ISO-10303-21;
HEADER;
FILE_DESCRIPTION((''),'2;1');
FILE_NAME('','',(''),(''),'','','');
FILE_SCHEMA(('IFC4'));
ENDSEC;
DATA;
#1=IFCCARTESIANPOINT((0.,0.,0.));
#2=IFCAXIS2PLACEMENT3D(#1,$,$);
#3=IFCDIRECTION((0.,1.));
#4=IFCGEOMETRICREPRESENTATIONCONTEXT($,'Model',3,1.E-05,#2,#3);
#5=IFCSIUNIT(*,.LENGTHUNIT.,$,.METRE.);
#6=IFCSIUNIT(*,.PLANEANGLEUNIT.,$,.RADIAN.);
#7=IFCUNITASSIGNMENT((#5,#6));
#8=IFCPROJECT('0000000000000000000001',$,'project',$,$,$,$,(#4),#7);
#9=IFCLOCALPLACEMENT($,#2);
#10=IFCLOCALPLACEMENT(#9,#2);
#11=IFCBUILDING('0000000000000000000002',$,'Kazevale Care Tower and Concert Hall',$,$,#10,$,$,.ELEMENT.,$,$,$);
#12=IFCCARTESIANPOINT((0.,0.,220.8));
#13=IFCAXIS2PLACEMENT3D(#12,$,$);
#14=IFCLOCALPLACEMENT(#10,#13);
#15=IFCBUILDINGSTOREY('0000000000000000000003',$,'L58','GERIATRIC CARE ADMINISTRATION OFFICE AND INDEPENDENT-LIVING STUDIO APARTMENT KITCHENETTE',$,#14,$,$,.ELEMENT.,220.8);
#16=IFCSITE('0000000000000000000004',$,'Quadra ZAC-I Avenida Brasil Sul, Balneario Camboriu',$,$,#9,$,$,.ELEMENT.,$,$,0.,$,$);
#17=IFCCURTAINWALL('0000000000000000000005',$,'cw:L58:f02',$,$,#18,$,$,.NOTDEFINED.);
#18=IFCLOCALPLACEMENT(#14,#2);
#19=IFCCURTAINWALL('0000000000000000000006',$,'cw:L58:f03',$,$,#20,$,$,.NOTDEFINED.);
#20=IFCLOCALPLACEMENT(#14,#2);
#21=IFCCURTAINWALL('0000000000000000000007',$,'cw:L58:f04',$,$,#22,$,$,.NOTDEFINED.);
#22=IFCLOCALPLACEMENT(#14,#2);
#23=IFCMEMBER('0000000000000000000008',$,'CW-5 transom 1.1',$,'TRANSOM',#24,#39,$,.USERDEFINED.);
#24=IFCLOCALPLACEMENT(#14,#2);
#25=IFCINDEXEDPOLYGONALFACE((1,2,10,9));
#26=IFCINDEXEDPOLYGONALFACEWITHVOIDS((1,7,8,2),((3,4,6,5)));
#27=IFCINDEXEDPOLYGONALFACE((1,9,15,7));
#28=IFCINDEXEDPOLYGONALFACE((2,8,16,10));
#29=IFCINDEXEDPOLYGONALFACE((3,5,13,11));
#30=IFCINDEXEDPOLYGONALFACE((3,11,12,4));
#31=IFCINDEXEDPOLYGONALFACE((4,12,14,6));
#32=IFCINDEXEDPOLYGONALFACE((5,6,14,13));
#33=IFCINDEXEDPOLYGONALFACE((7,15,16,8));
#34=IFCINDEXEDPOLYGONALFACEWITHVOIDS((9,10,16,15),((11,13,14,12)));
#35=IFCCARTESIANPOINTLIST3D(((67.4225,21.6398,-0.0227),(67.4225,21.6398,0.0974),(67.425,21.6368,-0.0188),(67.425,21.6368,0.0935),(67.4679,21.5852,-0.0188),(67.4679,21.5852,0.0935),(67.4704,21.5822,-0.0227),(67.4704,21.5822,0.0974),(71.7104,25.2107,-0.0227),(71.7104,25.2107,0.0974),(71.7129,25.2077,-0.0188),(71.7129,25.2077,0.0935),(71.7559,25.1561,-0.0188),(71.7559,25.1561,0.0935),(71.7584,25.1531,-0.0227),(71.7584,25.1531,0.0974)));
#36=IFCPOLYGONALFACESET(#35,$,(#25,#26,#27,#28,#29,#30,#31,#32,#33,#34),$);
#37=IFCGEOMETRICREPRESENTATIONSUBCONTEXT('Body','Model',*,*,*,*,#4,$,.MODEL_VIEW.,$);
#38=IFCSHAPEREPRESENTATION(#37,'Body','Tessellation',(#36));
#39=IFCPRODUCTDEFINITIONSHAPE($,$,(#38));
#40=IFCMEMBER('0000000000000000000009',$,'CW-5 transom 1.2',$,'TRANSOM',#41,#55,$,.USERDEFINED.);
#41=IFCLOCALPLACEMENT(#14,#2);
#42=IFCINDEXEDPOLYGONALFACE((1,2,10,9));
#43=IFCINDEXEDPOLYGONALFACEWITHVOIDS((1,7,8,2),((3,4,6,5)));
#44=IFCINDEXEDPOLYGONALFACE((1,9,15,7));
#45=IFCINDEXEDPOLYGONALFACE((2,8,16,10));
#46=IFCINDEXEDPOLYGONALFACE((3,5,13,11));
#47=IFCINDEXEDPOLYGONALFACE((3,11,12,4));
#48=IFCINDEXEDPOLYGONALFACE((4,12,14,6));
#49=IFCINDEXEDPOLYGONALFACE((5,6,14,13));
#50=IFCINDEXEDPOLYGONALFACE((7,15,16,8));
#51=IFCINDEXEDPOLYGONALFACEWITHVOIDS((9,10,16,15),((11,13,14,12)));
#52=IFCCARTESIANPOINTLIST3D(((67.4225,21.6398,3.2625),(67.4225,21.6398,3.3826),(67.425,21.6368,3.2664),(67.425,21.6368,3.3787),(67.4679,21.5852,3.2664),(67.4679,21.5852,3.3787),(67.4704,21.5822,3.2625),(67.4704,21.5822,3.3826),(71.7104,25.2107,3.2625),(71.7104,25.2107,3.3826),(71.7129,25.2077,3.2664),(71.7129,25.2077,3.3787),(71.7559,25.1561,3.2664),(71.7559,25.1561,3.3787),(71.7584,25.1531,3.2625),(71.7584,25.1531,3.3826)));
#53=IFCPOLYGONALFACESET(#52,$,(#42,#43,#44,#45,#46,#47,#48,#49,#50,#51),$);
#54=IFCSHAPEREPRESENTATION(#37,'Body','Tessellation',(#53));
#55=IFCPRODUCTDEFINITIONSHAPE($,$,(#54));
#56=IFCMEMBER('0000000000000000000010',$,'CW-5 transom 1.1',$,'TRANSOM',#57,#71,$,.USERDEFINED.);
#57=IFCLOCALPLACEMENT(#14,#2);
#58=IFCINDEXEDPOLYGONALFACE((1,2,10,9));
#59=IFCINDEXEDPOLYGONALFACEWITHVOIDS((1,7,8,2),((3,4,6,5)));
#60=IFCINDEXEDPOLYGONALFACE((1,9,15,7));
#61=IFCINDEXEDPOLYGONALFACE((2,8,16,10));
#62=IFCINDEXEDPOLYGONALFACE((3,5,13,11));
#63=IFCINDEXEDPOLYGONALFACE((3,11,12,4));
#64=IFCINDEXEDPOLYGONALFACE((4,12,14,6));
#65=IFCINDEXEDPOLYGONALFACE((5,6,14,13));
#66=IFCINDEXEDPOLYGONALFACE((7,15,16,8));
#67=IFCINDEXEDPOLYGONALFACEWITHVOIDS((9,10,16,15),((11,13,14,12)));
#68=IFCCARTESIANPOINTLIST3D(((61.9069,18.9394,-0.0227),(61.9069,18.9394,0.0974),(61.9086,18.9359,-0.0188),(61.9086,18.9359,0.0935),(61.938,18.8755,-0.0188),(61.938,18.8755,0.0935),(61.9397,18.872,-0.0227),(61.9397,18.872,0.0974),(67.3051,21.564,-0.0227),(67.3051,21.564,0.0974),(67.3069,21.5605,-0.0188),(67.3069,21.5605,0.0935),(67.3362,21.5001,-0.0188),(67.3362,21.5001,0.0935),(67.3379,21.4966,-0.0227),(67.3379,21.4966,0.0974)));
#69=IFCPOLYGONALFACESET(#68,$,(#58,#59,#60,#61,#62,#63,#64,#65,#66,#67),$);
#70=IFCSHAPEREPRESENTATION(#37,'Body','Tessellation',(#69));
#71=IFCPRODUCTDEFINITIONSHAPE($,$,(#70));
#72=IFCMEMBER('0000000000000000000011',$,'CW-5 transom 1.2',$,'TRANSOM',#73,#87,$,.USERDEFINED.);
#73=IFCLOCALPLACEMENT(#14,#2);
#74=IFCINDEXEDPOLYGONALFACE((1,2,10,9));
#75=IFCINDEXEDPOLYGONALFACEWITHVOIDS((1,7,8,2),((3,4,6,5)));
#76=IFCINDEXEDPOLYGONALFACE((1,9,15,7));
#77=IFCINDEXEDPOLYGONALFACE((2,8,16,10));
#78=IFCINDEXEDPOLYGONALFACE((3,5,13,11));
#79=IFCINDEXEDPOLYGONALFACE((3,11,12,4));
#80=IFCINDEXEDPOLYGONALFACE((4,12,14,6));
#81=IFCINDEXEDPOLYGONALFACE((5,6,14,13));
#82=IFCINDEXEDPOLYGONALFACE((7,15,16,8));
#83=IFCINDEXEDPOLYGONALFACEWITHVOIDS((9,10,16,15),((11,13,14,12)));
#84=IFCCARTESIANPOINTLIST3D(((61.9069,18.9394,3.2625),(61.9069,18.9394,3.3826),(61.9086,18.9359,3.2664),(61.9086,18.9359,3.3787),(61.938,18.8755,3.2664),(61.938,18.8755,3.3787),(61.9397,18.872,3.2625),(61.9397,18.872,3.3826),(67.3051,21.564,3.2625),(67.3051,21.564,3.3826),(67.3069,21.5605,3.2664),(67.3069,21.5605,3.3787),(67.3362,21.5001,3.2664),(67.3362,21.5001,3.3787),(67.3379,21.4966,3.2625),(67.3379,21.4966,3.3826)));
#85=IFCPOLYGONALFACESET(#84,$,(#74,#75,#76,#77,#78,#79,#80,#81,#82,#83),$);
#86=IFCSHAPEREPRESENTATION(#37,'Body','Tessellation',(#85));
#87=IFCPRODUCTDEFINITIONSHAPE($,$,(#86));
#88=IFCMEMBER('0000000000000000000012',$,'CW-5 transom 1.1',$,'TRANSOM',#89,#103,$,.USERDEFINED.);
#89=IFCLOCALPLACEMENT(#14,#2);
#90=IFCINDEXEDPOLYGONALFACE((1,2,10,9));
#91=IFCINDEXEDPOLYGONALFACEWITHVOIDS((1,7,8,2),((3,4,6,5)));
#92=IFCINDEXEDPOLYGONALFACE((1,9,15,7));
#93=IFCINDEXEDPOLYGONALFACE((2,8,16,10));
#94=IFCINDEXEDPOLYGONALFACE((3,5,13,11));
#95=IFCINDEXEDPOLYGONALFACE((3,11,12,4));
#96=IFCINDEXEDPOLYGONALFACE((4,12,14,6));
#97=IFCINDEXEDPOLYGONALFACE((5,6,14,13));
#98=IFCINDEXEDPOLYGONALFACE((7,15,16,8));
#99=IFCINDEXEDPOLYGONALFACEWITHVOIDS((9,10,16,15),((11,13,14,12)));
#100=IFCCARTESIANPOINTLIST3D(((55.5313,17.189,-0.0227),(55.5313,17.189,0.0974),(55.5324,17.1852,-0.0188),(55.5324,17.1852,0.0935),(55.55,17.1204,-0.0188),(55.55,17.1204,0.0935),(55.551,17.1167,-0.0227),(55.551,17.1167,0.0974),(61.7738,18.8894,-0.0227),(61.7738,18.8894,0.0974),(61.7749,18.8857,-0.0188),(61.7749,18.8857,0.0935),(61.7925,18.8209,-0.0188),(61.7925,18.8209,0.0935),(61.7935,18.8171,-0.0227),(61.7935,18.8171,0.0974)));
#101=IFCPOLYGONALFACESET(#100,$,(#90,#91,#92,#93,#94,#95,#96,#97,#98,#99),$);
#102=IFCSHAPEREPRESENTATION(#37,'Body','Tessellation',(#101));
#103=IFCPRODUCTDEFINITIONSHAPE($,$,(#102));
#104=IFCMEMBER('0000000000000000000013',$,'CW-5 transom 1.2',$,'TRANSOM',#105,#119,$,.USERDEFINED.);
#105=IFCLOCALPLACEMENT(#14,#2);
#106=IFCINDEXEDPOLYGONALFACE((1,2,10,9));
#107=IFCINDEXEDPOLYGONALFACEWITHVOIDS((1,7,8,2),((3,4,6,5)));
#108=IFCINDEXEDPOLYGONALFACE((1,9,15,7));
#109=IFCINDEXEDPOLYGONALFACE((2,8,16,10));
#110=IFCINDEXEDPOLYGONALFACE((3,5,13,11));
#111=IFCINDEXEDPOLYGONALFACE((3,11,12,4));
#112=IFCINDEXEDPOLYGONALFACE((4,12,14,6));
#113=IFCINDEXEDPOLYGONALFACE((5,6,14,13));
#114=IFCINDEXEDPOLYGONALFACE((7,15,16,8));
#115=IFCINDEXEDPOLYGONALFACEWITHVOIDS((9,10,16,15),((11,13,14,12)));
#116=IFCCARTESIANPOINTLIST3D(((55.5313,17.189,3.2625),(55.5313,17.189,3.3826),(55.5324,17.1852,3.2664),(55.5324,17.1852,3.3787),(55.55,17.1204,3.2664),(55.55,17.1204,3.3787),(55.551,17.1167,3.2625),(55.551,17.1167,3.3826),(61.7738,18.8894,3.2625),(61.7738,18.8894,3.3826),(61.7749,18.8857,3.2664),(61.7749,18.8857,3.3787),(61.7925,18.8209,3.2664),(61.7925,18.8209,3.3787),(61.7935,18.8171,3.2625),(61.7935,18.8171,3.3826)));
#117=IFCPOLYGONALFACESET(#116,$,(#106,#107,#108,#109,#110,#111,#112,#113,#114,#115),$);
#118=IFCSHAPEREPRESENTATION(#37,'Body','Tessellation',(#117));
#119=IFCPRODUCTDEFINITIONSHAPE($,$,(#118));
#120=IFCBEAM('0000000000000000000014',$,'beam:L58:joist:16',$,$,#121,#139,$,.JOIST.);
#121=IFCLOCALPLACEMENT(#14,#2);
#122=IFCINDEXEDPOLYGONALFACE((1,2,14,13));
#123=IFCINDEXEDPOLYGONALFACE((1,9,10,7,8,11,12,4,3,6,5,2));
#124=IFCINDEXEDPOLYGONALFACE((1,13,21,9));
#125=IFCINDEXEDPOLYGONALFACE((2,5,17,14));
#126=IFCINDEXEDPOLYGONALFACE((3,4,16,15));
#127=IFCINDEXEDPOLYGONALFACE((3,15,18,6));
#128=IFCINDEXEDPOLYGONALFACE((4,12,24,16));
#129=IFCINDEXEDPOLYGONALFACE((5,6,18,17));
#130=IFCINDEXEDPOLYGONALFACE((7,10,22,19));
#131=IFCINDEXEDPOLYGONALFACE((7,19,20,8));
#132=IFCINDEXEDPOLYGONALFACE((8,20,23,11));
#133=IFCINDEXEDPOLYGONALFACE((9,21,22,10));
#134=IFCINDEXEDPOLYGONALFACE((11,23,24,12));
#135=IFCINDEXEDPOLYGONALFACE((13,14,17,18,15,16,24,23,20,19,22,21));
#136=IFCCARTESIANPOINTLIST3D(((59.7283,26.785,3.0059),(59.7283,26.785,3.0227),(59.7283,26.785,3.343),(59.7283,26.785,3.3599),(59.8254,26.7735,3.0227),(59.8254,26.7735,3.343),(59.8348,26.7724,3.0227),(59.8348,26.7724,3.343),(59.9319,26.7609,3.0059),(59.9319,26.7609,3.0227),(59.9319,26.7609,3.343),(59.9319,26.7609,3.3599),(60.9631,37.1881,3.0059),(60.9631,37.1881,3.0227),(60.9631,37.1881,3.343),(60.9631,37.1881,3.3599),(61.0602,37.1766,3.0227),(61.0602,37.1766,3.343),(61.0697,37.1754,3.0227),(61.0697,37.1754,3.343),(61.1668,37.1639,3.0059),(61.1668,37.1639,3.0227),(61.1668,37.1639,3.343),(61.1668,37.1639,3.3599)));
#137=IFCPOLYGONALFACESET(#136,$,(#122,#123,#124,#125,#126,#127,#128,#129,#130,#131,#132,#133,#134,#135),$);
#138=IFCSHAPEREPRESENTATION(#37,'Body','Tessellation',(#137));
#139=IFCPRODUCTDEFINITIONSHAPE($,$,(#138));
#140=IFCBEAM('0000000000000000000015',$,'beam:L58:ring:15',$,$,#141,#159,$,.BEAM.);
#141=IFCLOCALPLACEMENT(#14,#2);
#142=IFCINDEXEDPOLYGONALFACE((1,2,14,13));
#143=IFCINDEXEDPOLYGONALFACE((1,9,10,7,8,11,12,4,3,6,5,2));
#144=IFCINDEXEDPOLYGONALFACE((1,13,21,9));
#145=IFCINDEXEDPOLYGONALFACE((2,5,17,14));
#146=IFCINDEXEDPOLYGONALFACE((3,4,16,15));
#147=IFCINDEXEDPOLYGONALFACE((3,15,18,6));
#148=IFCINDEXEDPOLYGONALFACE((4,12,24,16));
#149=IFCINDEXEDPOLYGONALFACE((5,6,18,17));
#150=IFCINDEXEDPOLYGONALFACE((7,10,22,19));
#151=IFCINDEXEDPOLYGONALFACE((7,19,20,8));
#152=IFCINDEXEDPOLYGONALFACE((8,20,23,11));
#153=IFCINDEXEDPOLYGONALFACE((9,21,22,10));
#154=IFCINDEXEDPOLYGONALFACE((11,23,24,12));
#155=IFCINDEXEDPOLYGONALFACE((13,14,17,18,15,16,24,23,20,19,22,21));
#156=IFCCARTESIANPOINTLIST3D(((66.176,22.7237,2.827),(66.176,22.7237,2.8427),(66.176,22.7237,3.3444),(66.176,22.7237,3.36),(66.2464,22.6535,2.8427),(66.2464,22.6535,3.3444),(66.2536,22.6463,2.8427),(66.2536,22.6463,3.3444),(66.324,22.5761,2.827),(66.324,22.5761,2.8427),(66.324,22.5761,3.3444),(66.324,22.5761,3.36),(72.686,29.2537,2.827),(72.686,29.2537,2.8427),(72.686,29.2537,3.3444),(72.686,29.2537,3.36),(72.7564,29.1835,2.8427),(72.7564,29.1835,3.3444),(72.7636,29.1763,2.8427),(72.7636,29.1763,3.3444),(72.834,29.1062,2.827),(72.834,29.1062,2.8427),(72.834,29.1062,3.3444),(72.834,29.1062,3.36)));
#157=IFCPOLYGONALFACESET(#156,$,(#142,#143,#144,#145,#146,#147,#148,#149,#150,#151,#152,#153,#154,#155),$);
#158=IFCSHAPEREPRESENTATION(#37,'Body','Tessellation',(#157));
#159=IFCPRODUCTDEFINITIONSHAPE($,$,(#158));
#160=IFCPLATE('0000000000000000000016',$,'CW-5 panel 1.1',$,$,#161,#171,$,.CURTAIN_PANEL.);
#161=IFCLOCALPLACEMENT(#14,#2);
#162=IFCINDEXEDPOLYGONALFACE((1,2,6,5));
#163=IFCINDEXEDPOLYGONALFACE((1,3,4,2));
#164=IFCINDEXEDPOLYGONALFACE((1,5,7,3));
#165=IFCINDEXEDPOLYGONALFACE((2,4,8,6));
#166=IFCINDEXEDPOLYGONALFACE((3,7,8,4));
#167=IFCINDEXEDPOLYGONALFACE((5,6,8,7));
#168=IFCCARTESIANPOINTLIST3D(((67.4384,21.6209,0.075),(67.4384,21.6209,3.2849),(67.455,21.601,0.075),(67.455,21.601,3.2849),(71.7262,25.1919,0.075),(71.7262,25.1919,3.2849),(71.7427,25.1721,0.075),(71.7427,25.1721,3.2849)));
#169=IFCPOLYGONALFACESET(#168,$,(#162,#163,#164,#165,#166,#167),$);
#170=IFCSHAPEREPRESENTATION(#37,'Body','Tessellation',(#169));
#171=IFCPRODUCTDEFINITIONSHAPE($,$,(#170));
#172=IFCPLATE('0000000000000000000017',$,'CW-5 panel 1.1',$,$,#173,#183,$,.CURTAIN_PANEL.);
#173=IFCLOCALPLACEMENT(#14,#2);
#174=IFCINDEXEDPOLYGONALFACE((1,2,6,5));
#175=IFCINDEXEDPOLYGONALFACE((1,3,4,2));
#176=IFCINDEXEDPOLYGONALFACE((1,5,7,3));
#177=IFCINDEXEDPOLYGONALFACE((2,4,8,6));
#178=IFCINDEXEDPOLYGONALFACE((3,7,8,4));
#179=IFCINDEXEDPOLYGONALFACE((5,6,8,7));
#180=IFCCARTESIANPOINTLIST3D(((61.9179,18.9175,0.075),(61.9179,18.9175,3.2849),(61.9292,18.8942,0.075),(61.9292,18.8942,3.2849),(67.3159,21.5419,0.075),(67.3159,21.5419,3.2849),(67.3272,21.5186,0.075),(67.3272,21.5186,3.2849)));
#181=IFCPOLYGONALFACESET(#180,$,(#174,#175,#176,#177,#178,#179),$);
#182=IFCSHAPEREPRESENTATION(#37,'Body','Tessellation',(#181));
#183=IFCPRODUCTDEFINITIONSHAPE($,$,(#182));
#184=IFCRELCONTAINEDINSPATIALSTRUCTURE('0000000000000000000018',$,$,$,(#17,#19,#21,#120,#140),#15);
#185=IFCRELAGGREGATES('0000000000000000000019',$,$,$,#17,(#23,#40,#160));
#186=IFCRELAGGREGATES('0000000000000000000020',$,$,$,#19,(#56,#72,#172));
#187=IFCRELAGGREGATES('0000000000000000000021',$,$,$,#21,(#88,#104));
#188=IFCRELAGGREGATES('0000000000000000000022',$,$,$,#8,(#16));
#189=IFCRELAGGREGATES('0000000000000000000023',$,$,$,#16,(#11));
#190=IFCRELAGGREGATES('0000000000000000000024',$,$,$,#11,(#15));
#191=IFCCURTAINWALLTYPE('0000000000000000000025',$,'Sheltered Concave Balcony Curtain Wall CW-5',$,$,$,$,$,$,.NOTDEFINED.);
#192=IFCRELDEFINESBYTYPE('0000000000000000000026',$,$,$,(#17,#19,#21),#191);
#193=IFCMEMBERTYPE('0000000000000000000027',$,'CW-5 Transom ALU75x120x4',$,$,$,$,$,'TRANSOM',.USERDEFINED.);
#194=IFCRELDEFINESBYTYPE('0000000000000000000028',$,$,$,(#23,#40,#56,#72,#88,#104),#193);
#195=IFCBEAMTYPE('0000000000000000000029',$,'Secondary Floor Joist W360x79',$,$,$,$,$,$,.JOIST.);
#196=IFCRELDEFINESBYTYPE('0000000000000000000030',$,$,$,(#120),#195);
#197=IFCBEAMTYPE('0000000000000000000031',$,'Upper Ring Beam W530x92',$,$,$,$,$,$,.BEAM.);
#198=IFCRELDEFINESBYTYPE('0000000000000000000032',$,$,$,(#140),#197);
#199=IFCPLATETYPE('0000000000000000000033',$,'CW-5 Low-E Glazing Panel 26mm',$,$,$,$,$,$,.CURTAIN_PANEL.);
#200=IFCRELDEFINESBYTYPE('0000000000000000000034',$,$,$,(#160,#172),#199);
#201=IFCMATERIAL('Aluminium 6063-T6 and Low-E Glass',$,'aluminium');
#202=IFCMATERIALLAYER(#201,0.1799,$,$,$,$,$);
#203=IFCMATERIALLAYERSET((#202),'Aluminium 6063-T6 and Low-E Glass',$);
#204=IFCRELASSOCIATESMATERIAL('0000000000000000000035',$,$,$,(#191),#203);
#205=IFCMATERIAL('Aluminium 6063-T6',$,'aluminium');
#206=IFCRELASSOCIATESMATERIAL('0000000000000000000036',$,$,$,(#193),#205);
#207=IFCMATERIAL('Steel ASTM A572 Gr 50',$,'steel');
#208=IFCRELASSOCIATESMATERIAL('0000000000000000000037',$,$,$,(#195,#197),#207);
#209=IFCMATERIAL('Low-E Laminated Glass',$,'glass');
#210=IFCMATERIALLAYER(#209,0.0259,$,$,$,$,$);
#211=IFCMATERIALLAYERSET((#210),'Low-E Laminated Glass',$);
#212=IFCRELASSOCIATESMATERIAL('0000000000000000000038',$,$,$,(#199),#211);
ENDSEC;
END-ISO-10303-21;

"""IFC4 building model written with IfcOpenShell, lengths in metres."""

from ifc_helpers import new_model, si_unit, direction, frame, origin, origin_2d, place, context, subcontext, project, spatial, rectangle, hollow_rectangle, i_section, extrude, material, layer, layer_set, material_profile, profile_set, type_object, element, aggregate, save


model = new_model("IFC4")

# Units and contexts
model_context = context("Model", 3, precision=1e-05, world=origin(), true_north=direction((0.0, 1.0)))
body_context = subcontext(model_context, "Body", "Model", "MODEL_VIEW")
ifc_project = project(units=[si_unit("LENGTHUNIT", "METRE"), si_unit("PLANEANGLEUNIT", "RADIAN")], contexts=[model_context])

# Site, building, storey
site_placement = place(None, origin())
site = spatial("IfcSite", under=ifc_project, at=site_placement, Name="Quadra ZAC-I Avenida Brasil Sul, Balneario Camboriu", CompositionType="ELEMENT", RefElevation=0.0)
building_placement = place(site_placement, origin())
building = spatial("IfcBuilding", under=site, at=building_placement, Name="Kazevale Care Tower and Concert Hall", CompositionType="ELEMENT")
storey_placement = place(building_placement, frame((0.0, 0.0, 220.8)))
storey = spatial("IfcBuildingStorey", under=building, at=storey_placement, Name="L58", Description="GERIATRIC CARE ADMINISTRATION OFFICE AND INDEPENDENT-LIVING STUDIO APARTMENT KITCHENETTE", CompositionType="ELEMENT", Elevation=220.8)

# Curtain walls
ifc_material_1 = material(Name="Aluminium 6063-T6 and Low-E Glass", Category="aluminium")
ifc_layer_1 = layer(ifc_material_1, 0.1799)
ifc_layer_set_1 = layer_set([ifc_layer_1], Name="Aluminium 6063-T6 and Low-E Glass")
curtain_wall_type = type_object("IfcCurtainWallType", Name="Sheltered Concave Balcony Curtain Wall CW-5", PredefinedType="NOTDEFINED", material=ifc_layer_set_1)
curtain_wall_1_placement = place(storey_placement, origin())
curtain_wall_1 = element("IfcCurtainWall", 1, at=curtain_wall_1_placement, inside=storey, type_object=curtain_wall_type, Name="cw:L58:f02", PredefinedType="NOTDEFINED")
ifc_material_2 = material(Name="Aluminium 6063-T6", Category="aluminium")
curtain_wall_2_placement = place(storey_placement, origin())
curtain_wall_2 = element("IfcCurtainWall", 2, at=curtain_wall_2_placement, inside=storey, type_object=curtain_wall_type, Name="cw:L58:f03", PredefinedType="NOTDEFINED")

# Curtain wall
curtain_wall_3_placement = place(storey_placement, origin())
curtain_wall_3 = element("IfcCurtainWall", 3, at=curtain_wall_3_placement, inside=storey, type_object=curtain_wall_type, Name="cw:L58:f04", PredefinedType="NOTDEFINED")

# Members
ifc_material_profile_1 = material_profile(ifc_material_2, hollow_rectangle(XDim=0.075, YDim=0.1201, WallThickness=0.0039, at=origin_2d()), Name="ALU75x120x4")
ifc_profile_set_1 = profile_set([ifc_material_profile_1], Name="Aluminium 6063-T6")
member_type_1 = type_object("IfcMemberType", Name="CW-5 Transom ALU75x120x4", ElementType="TRANSOM", PredefinedType="USERDEFINED", material=ifc_profile_set_1)
member_1_placement = place(storey_placement, frame((71.7344, 25.1819, 0.0374), z_axis=(-0.768433, -0.63993, 0.0), x_axis=(0.63993, -0.768433, 0.0)))
member_1 = element("IfcMember", 4, at=member_1_placement, type_object=member_type_1, Name="CW-5 transom 1.1", ObjectType="TRANSOM", PredefinedType="USERDEFINED", context=body_context, shape_type="SweptSolid", body=[
    extrude(hollow_rectangle(XDim=0.075, YDim=0.1201, WallThickness=0.0039, at=origin_2d()), origin(), (0.0, 0.0, 1.0), 5.5801),
])
member_2_placement = place(storey_placement, frame((71.7344, 25.1819, 3.3225), z_axis=(-0.768433, -0.63993, 0.0), x_axis=(0.63993, -0.768433, 0.0)))
member_2 = element("IfcMember", 5, at=member_2_placement, type_object=member_type_1, Name="CW-5 transom 1.2", ObjectType="TRANSOM", PredefinedType="USERDEFINED", context=body_context, shape_type="SweptSolid", body=[
    extrude(hollow_rectangle(XDim=0.075, YDim=0.1201, WallThickness=0.0039, at=origin_2d()), origin(), (0.0, 0.0, 1.0), 5.5801),
])
member_3_placement = place(storey_placement, frame((67.3215, 21.5303, 0.0374), z_axis=(-0.899342, -0.437245, 0.0), x_axis=(0.437245, -0.899342, 0.0)))
member_3 = element("IfcMember", 6, at=member_3_placement, type_object=member_type_1, Name="CW-5 transom 1.1", ObjectType="TRANSOM", PredefinedType="USERDEFINED", context=body_context, shape_type="SweptSolid", body=[
    extrude(hollow_rectangle(XDim=0.075, YDim=0.1201, WallThickness=0.0039, at=origin_2d()), origin(), (0.0, 0.0, 1.0), 6.0024),
])
member_4_placement = place(storey_placement, frame((67.3215, 21.5303, 3.3225), z_axis=(-0.899342, -0.437245, 0.0), x_axis=(0.437245, -0.899342, 0.0)))
member_4 = element("IfcMember", 7, at=member_4_placement, type_object=member_type_1, Name="CW-5 transom 1.2", ObjectType="TRANSOM", PredefinedType="USERDEFINED", context=body_context, shape_type="SweptSolid", body=[
    extrude(hollow_rectangle(XDim=0.075, YDim=0.1201, WallThickness=0.0039, at=origin_2d()), origin(), (0.0, 0.0, 1.0), 6.0024),
])
member_5_placement = place(storey_placement, frame((61.7837, 18.8533, 0.0374), z_axis=(-0.964844, -0.262824, 0.0), x_axis=(0.262824, -0.964844, 0.0)))
member_5 = element("IfcMember", 8, at=member_5_placement, type_object=member_type_1, Name="CW-5 transom 1.1", ObjectType="TRANSOM", PredefinedType="USERDEFINED", context=body_context, shape_type="SweptSolid", body=[
    extrude(hollow_rectangle(XDim=0.075, YDim=0.1201, WallThickness=0.0039, at=origin_2d()), origin(), (0.0, 0.0, 1.0), 6.47),
])
member_6_placement = place(storey_placement, frame((61.7837, 18.8533, 3.3225), z_axis=(-0.964844, -0.262824, 0.0), x_axis=(0.262824, -0.964844, 0.0)))
member_6 = element("IfcMember", 9, at=member_6_placement, type_object=member_type_1, Name="CW-5 transom 1.2", ObjectType="TRANSOM", PredefinedType="USERDEFINED", context=body_context, shape_type="SweptSolid", body=[
    extrude(hollow_rectangle(XDim=0.075, YDim=0.1201, WallThickness=0.0039, at=origin_2d()), origin(), (0.0, 0.0, 1.0), 6.47),
])

# Beams
ifc_material_3 = material(Name="Steel ASTM A572 Gr 50", Category="steel")
ifc_material_profile_2 = material_profile(ifc_material_3, i_section(OverallWidth=0.2051, OverallDepth=0.354, WebThickness=0.0095, FlangeThickness=0.0168, at=origin_2d()), Name="W360x79")
ifc_profile_set_2 = profile_set([ifc_material_profile_2], Name="Steel ASTM A572 Gr 50")
beam_type_1 = type_object("IfcBeamType", Name="Secondary Floor Joist W360x79", PredefinedType="JOIST", material=ifc_profile_set_2)
beam_1_placement = place(storey_placement, frame((59.8301, 26.7729, 3.1829), z_axis=(0.117874, 0.993029, 0.0), x_axis=(-0.993029, 0.117874, 0.0)))
element("IfcBeam", 10, at=beam_1_placement, inside=storey, type_object=beam_type_1, Name="beam:L58:joist:16", PredefinedType="JOIST", context=body_context, shape_type="SweptSolid", body=[
    extrude(i_section(OverallWidth=0.2051, OverallDepth=0.354, WebThickness=0.0095, FlangeThickness=0.0168, at=origin_2d()), origin(), (0.0, 0.0, 1.0), 10.4761),
])
ifc_material_profile_3 = material_profile(ifc_material_3, i_section(OverallWidth=0.209, OverallDepth=0.533, WebThickness=0.0103, FlangeThickness=0.0156, at=origin_2d()), Name="W530x92")
ifc_profile_set_3 = profile_set([ifc_material_profile_3], Name="Steel ASTM A572 Gr 50")
beam_type_2 = type_object("IfcBeamType", Name="Upper Ring Beam W530x92", PredefinedType="BEAM", material=ifc_profile_set_3)
beam_2_placement = place(storey_placement, frame((66.25, 22.6499, 3.0935), z_axis=(0.70602, 0.708192, 0.0), x_axis=(-0.708192, 0.70602, 0.0)))
element("IfcBeam", 11, at=beam_2_placement, inside=storey, type_object=beam_type_2, Name="beam:L58:ring:15", PredefinedType="BEAM", context=body_context, shape_type="SweptSolid", body=[
    extrude(i_section(OverallWidth=0.209, OverallDepth=0.533, WebThickness=0.0103, FlangeThickness=0.0156, at=origin_2d()), origin(), (0.0, 0.0, 1.0), 9.2207),
])

# Plates
ifc_material_4 = material(Name="Low-E Laminated Glass", Category="glass")
ifc_layer_2 = layer(ifc_material_4, 0.0259)
ifc_layer_set_2 = layer_set([ifc_layer_2], Name="Low-E Laminated Glass")
plate_type = type_object("IfcPlateType", Name="CW-5 Low-E Glazing Panel 26mm", PredefinedType="CURTAIN_PANEL", material=ifc_layer_set_2)
plate_1_placement = place(storey_placement, frame((69.5906, 23.3965, 0.075), z_axis=(0.0, 0.0, 1.0), x_axis=(-0.768407, -0.639961, 0.0)))
plate_1 = element("IfcPlate", 12, at=plate_1_placement, type_object=plate_type, Name="CW-5 panel 1.1", PredefinedType="CURTAIN_PANEL", context=body_context, shape_type="SweptSolid", body=[
    extrude(rectangle(XDim=5.5801, YDim=0.0259, at=origin_2d()), origin(), (0.0, 0.0, 1.0), 3.21),
])
aggregate(curtain_wall_1, [member_1, member_2, plate_1])
plate_2_placement = place(storey_placement, frame((64.6226, 20.218, 0.075), z_axis=(0.0, 0.0, 1.0), x_axis=(-0.899346, -0.437238, 0.0)))
plate_2 = element("IfcPlate", 13, at=plate_2_placement, type_object=plate_type, Name="CW-5 panel 1.1", PredefinedType="CURTAIN_PANEL", context=body_context, shape_type="SweptSolid", body=[
    extrude(rectangle(XDim=6.0022, YDim=0.0259, at=origin_2d()), origin(), (0.0, 0.0, 1.0), 3.21),
])
aggregate(curtain_wall_2, [member_3, member_4, plate_2])
aggregate(curtain_wall_3, [member_5, member_6])

save(model, "model.ifc")
